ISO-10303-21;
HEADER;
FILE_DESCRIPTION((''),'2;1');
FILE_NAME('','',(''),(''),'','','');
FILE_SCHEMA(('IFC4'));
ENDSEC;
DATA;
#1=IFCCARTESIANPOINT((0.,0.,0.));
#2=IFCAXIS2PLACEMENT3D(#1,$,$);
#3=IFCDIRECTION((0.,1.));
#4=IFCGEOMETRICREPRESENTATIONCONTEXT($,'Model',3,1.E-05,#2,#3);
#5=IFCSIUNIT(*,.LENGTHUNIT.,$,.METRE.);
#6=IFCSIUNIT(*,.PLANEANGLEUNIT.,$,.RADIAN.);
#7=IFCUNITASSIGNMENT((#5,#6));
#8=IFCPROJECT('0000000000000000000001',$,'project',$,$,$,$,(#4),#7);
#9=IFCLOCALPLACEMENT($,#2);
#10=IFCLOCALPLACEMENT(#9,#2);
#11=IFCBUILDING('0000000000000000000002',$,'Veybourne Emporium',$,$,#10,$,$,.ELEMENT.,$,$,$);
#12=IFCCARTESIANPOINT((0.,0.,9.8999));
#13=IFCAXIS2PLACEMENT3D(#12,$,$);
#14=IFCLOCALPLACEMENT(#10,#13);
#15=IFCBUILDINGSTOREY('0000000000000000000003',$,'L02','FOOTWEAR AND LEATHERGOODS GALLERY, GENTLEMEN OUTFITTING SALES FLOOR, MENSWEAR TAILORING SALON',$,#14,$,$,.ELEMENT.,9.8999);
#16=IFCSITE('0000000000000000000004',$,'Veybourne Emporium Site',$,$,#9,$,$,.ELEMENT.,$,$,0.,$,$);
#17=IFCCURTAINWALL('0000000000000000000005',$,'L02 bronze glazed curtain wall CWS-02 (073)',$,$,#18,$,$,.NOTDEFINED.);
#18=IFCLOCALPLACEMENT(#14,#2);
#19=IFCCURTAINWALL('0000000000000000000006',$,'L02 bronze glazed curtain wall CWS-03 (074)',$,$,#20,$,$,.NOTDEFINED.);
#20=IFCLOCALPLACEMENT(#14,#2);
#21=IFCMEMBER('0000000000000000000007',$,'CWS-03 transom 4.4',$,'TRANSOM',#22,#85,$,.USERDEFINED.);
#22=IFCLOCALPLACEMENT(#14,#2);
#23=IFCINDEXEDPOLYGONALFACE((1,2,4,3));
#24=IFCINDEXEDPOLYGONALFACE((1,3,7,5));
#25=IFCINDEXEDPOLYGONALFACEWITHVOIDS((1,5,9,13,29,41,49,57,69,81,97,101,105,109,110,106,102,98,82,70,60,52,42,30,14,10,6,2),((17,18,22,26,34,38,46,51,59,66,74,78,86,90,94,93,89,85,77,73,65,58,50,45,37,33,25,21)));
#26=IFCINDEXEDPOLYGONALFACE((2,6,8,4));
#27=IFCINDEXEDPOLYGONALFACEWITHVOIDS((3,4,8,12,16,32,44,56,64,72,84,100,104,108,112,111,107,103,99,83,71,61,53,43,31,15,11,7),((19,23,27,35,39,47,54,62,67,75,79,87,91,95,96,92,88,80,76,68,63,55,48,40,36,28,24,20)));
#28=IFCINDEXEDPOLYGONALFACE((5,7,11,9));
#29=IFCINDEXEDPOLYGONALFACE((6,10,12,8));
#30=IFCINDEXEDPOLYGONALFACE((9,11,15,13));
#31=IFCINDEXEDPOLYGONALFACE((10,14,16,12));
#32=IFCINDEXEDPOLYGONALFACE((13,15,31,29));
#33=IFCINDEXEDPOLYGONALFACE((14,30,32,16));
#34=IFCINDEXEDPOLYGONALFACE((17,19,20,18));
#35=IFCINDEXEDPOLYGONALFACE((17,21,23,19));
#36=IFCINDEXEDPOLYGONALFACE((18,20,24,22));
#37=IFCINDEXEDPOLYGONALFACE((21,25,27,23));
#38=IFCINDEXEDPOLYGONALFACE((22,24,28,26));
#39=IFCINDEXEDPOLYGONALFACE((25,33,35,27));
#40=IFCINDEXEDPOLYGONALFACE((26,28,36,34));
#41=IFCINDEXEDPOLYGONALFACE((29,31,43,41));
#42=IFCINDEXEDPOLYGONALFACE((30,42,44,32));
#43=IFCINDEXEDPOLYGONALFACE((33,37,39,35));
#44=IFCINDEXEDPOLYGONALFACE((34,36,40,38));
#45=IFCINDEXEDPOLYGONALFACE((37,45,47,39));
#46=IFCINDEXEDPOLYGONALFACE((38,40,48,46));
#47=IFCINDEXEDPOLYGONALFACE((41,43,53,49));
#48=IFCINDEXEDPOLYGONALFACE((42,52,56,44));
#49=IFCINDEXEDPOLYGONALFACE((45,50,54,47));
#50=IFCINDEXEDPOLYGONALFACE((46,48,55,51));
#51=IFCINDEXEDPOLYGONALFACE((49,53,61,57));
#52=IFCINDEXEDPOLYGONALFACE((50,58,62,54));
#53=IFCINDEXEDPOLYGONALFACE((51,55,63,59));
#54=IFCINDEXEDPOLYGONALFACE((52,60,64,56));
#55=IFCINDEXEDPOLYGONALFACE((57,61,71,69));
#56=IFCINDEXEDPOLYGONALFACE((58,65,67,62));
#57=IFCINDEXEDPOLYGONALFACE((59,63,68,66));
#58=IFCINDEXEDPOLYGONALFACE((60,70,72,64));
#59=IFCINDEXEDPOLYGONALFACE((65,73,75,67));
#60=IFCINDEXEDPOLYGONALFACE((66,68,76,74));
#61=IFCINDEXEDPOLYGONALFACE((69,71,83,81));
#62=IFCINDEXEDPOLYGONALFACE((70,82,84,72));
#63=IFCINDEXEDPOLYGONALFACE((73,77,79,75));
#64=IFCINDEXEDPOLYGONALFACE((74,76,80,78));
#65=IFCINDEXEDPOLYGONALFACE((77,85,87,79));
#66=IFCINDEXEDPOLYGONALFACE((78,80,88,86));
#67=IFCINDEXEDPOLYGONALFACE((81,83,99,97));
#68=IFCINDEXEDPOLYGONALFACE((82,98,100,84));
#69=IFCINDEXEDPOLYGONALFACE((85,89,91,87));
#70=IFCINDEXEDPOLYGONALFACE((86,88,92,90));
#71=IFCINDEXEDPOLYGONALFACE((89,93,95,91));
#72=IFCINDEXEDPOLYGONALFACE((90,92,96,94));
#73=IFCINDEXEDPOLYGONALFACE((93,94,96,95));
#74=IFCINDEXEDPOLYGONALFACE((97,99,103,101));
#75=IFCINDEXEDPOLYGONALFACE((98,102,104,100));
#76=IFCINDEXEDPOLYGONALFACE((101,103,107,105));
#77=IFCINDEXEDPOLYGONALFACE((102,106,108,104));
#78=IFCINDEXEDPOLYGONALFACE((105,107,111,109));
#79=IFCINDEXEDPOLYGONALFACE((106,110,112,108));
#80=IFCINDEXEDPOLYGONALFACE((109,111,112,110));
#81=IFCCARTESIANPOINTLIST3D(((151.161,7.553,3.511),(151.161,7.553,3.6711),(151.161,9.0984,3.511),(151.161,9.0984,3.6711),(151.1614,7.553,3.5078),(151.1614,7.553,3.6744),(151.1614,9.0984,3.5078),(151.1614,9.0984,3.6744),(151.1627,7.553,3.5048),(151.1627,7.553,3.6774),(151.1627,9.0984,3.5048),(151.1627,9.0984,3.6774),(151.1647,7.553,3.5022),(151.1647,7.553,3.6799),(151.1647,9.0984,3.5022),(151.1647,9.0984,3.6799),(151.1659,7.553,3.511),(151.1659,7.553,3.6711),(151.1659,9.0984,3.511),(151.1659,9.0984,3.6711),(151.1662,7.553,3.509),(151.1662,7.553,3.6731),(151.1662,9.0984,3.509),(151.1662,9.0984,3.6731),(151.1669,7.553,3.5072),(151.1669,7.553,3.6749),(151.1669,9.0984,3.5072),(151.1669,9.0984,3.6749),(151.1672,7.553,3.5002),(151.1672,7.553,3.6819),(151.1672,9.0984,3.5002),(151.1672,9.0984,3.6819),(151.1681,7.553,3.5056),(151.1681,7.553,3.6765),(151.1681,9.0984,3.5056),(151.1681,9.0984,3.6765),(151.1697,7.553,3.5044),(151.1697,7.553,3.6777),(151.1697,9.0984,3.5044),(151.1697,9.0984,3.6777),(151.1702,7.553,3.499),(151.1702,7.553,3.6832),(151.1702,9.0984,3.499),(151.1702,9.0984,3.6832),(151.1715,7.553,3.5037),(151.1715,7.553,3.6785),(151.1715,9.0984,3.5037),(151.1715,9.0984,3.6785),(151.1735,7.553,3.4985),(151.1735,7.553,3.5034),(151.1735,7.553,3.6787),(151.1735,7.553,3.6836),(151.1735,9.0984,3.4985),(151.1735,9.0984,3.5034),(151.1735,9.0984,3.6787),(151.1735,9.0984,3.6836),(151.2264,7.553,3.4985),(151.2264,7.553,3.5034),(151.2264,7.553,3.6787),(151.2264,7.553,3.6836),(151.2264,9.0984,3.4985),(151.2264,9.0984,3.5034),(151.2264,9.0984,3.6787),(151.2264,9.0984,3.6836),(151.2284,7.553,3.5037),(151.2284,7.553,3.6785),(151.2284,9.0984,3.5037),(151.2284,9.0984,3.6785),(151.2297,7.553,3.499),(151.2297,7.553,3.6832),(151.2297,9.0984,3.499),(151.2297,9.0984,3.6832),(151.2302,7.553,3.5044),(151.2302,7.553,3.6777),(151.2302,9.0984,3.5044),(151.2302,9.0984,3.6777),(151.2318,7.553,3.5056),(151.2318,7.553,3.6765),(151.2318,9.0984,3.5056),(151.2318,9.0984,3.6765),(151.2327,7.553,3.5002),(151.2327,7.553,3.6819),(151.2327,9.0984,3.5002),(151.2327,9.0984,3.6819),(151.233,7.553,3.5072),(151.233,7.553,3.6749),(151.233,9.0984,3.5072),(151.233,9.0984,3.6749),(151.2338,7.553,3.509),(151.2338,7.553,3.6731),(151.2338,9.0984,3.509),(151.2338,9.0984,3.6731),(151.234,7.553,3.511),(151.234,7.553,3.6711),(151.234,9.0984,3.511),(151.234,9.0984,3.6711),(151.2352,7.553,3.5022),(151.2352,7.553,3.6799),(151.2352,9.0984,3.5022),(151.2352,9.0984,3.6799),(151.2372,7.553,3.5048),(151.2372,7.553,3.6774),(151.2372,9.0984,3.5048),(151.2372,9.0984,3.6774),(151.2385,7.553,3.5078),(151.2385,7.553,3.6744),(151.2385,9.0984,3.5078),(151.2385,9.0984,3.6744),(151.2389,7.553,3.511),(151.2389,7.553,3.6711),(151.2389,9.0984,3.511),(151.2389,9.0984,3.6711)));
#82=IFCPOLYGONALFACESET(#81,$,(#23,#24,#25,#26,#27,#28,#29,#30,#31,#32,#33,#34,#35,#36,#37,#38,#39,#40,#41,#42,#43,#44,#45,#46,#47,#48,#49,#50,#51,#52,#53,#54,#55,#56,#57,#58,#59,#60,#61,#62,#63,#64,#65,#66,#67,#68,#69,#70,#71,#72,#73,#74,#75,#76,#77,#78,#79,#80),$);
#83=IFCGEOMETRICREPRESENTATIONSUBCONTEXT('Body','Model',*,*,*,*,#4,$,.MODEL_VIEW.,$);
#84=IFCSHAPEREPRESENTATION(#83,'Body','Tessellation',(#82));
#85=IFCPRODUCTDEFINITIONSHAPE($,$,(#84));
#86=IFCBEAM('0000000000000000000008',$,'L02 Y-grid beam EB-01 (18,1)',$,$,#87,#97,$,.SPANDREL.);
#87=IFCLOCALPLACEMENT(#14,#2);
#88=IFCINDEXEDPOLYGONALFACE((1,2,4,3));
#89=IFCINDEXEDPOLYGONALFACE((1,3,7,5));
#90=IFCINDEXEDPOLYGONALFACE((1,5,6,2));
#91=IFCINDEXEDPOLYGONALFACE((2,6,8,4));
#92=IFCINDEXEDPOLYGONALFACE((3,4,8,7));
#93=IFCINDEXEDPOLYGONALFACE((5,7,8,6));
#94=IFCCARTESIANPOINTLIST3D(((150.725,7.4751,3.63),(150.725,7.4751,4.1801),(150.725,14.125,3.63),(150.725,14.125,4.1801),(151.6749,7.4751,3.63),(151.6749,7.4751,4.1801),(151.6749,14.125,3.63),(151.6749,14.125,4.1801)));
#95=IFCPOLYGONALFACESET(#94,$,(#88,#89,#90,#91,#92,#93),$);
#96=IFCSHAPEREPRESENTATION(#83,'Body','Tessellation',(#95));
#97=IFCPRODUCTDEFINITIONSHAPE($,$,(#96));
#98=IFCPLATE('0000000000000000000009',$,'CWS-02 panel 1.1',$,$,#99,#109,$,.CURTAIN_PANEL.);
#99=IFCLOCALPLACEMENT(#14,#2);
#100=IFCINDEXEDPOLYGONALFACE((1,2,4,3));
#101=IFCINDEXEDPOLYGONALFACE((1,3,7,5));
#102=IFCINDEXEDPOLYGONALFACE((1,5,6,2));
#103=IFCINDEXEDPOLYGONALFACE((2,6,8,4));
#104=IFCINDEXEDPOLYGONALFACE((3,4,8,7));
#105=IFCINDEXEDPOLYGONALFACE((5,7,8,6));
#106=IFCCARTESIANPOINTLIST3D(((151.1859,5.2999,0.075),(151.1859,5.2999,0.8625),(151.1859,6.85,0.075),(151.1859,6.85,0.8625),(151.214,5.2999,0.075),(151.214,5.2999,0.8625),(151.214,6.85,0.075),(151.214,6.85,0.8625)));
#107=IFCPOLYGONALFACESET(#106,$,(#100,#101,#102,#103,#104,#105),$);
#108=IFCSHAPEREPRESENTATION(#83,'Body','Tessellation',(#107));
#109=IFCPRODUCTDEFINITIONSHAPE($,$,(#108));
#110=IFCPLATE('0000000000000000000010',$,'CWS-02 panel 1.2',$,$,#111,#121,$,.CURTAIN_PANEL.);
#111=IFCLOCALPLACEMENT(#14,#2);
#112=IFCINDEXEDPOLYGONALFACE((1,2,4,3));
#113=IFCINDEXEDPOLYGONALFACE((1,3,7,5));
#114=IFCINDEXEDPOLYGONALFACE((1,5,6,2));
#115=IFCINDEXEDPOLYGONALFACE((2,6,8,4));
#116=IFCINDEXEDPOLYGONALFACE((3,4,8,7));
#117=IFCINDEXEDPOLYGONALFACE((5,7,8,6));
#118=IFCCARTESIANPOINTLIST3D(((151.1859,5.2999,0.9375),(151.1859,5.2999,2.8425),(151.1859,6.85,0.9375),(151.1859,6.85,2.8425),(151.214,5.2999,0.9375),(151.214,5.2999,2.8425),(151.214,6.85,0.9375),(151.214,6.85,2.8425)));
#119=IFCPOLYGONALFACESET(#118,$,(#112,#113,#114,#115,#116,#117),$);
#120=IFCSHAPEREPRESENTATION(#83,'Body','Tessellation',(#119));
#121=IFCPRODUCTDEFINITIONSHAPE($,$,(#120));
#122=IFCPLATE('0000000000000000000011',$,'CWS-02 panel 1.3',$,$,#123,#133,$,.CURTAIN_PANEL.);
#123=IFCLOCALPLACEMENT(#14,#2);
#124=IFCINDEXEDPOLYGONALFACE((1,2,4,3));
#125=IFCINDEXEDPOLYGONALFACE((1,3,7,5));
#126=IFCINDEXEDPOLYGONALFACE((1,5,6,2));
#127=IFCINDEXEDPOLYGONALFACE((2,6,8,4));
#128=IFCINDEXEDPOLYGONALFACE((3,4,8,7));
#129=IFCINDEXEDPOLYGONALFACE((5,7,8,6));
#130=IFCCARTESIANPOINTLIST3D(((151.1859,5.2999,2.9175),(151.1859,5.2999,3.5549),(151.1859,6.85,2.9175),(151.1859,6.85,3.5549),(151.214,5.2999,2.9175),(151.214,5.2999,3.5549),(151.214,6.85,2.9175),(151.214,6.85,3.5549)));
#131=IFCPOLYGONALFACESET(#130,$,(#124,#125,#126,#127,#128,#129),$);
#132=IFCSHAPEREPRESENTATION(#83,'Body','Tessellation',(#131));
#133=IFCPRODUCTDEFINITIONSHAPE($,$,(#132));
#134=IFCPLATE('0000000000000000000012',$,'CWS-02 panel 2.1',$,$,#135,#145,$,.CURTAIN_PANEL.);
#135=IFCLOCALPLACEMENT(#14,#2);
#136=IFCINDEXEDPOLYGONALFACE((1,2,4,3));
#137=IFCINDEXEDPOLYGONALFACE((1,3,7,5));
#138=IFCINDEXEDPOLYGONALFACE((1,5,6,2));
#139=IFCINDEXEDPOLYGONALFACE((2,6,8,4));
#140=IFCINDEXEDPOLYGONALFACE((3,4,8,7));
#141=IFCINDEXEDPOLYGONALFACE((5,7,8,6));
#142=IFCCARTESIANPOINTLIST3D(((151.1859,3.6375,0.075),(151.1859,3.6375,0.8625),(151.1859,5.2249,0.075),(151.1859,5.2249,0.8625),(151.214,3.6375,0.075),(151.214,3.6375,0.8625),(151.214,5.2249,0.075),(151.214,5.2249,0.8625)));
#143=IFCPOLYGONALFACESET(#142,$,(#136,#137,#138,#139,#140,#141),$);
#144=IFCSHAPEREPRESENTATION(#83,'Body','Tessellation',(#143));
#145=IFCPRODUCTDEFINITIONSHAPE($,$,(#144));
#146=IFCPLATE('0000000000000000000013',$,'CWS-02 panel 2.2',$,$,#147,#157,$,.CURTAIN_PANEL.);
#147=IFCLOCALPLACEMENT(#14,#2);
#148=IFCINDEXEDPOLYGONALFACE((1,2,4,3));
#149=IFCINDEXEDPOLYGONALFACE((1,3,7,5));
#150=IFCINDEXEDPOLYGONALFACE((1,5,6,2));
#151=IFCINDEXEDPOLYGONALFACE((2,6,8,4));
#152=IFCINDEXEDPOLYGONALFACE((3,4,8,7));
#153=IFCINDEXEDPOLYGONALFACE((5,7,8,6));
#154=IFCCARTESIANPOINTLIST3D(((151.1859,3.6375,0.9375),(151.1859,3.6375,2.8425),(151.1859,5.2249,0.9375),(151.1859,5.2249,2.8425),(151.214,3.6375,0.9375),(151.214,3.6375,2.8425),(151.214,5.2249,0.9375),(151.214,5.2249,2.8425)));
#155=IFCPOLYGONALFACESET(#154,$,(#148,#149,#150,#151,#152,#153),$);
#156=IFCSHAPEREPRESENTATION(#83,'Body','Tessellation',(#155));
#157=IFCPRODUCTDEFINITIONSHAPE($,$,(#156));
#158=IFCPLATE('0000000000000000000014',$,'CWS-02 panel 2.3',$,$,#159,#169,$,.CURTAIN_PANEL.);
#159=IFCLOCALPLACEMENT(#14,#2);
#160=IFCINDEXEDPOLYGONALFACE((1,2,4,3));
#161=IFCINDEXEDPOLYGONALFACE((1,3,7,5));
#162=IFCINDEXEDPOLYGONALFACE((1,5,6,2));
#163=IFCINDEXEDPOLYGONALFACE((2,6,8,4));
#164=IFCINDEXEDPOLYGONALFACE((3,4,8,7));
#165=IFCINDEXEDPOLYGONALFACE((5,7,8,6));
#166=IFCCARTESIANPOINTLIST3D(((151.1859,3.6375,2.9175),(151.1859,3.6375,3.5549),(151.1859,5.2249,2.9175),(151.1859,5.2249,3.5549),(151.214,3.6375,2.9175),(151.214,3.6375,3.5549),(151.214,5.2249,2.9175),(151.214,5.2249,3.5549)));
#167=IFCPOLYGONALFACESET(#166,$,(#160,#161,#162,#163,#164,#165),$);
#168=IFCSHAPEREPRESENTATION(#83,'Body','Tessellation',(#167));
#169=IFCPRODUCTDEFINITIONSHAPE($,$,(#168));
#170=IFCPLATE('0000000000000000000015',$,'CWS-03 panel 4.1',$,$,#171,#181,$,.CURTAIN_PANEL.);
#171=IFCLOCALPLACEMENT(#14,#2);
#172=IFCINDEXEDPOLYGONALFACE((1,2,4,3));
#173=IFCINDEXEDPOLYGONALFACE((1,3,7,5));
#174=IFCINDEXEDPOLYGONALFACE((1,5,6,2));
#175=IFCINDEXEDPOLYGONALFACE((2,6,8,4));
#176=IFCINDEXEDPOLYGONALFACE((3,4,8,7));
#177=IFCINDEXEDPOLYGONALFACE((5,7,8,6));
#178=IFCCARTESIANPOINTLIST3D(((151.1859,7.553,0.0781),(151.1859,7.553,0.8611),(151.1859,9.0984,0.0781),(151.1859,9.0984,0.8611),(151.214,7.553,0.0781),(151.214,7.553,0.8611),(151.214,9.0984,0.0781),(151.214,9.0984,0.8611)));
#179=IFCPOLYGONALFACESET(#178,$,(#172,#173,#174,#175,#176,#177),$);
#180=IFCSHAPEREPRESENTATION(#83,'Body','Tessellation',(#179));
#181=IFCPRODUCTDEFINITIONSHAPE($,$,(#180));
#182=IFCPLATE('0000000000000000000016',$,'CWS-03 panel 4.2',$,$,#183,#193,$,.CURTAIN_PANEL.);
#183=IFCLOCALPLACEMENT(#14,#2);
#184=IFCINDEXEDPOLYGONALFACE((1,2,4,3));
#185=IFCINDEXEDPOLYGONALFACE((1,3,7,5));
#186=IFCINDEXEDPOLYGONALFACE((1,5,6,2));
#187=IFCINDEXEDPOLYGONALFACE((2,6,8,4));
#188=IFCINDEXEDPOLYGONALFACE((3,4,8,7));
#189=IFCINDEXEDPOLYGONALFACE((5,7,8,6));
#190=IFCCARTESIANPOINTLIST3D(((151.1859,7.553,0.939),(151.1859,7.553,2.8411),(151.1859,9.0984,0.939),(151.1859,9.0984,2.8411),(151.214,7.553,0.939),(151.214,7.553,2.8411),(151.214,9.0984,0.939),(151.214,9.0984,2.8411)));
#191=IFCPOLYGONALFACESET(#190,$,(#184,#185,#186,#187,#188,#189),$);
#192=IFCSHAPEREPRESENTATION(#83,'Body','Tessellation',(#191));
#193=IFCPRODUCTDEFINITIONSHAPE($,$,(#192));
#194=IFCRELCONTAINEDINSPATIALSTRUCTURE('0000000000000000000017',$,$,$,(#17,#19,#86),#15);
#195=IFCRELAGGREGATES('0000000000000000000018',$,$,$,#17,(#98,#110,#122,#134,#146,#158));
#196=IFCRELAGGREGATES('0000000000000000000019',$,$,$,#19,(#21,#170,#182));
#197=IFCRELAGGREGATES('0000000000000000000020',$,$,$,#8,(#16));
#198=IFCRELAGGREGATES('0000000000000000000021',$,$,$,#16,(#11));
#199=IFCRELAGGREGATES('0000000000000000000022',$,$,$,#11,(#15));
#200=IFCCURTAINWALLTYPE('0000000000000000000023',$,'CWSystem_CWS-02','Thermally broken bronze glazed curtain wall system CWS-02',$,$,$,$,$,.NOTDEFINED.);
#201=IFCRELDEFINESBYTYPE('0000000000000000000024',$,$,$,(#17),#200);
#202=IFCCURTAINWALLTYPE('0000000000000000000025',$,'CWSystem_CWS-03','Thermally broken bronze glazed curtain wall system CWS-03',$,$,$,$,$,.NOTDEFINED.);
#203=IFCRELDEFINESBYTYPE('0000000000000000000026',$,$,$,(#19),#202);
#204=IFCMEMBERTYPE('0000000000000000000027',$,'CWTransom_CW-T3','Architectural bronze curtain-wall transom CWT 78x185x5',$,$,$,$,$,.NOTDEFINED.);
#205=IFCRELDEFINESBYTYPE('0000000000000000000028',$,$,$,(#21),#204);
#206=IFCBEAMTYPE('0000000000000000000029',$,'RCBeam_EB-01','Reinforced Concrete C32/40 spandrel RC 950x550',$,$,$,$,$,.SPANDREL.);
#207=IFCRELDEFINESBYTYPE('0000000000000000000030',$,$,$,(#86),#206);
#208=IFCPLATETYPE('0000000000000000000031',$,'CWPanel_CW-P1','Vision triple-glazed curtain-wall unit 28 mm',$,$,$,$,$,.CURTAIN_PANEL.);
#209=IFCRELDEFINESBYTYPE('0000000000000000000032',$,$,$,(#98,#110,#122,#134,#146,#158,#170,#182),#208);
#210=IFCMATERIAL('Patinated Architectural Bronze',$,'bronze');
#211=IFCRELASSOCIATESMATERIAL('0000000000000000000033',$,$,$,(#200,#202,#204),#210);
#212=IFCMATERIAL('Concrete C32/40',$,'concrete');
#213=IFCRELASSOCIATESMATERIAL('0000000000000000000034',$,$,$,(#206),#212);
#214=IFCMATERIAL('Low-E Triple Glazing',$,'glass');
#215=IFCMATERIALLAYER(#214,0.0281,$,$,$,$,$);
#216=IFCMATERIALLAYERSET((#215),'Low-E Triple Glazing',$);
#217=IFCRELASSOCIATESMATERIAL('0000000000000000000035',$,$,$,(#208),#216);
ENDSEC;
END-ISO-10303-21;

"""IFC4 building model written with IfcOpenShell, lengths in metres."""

from ifc_helpers import new_model, si_unit, direction, frame, origin, origin_2d, place, context, subcontext, project, spatial, rectangle, hollow_rectangle, extrude, material, layer, layer_set, material_profile, profile_set, type_object, element, aggregate, save


model = new_model("IFC4")

# Units and contexts
model_context = context("Model", 3, precision=1e-05, world=origin(), true_north=direction((0.0, 1.0)))
body_context = subcontext(model_context, "Body", "Model", "MODEL_VIEW")
ifc_project = project(units=[si_unit("LENGTHUNIT", "METRE"), si_unit("PLANEANGLEUNIT", "RADIAN")], contexts=[model_context])

# Site, building, storey
site_placement = place(None, origin())
site = spatial("IfcSite", under=ifc_project, at=site_placement, Name="Veybourne Emporium Site", CompositionType="ELEMENT", RefElevation=0.0)
building_placement = place(site_placement, origin())
building = spatial("IfcBuilding", under=site, at=building_placement, Name="Veybourne Emporium", CompositionType="ELEMENT")
storey_placement = place(building_placement, frame((0.0, 0.0, 9.8999)))
storey = spatial("IfcBuildingStorey", under=building, at=storey_placement, Name="L02", Description="FOOTWEAR AND LEATHERGOODS GALLERY, GENTLEMEN OUTFITTING SALES FLOOR, MENSWEAR TAILORING SALON", CompositionType="ELEMENT", Elevation=9.8999)

# Curtain walls
ifc_material_1 = material(Name="Patinated Architectural Bronze", Category="bronze")
curtain_wall_type_1 = type_object("IfcCurtainWallType", Name="CWSystem_CWS-02", Description="Thermally broken bronze glazed curtain wall system CWS-02", PredefinedType="NOTDEFINED", material=ifc_material_1)
curtain_wall_1_placement = place(storey_placement, origin())
curtain_wall_1 = element("IfcCurtainWall", 1, at=curtain_wall_1_placement, inside=storey, type_object=curtain_wall_type_1, Name="L02 bronze glazed curtain wall CWS-02 (073)", PredefinedType="NOTDEFINED")
curtain_wall_type_2 = type_object("IfcCurtainWallType", Name="CWSystem_CWS-03", Description="Thermally broken bronze glazed curtain wall system CWS-03", PredefinedType="NOTDEFINED", material=ifc_material_1)
curtain_wall_2_placement = place(storey_placement, origin())
curtain_wall_2 = element("IfcCurtainWall", 2, at=curtain_wall_2_placement, inside=storey, type_object=curtain_wall_type_2, Name="L02 bronze glazed curtain wall CWS-03 (074)", PredefinedType="NOTDEFINED")

# Member
ifc_material_profile_1 = material_profile(ifc_material_1, hollow_rectangle(XDim=0.0779, YDim=0.1851, WallThickness=0.0049, InnerFilletRadius=0.0076, OuterFilletRadius=0.0125, at=origin_2d()), Name="CWT 78x185x5")
ifc_profile_set_1 = profile_set([ifc_material_profile_1], Name="Patinated Architectural Bronze")
member_type_1 = type_object("IfcMemberType", Name="CWTransom_CW-T3", Description="Architectural bronze curtain-wall transom CWT 78x185x5", PredefinedType="NOTDEFINED", material=ifc_profile_set_1)
member_1_placement = place(storey_placement, frame((151.2, 9.0984, 3.5911), z_axis=(0.0, -1.0, 0.0), x_axis=(1.0, 0.0, 0.0)))
member_1 = element("IfcMember", 3, at=member_1_placement, type_object=member_type_1, Name="CWS-03 transom 4.4", ObjectType="TRANSOM", PredefinedType="USERDEFINED", context=body_context, shape_type="SweptSolid", body=[
    extrude(hollow_rectangle(XDim=0.0779, YDim=0.1851, WallThickness=0.0049, InnerFilletRadius=0.0076, OuterFilletRadius=0.0125, at=origin_2d()), origin(), (0.0, 0.0, 1.0), 1.5454),
])

# Beam
ifc_material_2 = material(Name="Concrete C32/40", Category="concrete")
ifc_material_profile_2 = material_profile(ifc_material_2, rectangle(XDim=0.95, YDim=0.55, at=origin_2d()), Name="RC 950x550")
ifc_profile_set_2 = profile_set([ifc_material_profile_2], Name="Concrete C32/40")
beam_type = type_object("IfcBeamType", Name="RCBeam_EB-01", Description="Reinforced Concrete C32/40 spandrel RC 950x550", PredefinedType="SPANDREL", material=ifc_profile_set_2)
beam_placement = place(storey_placement, frame((151.2, 7.4751, 3.905), z_axis=(0.0, 1.0, 0.0), x_axis=(-1.0, 0.0, 0.0)))
element("IfcBeam", 4, at=beam_placement, inside=storey, type_object=beam_type, Name="L02 Y-grid beam EB-01 (18,1)", PredefinedType="SPANDREL", context=body_context, shape_type="SweptSolid", body=[
    extrude(rectangle(XDim=0.95, YDim=0.55, at=origin_2d()), origin(), (0.0, 0.0, 1.0), 6.6499),
])

# Plates
ifc_material_3 = material(Name="Low-E Triple Glazing", Category="glass")
ifc_layer_1 = layer(ifc_material_3, 0.0281)
ifc_layer_set_1 = layer_set([ifc_layer_1], Name="Low-E Triple Glazing")
plate_type = type_object("IfcPlateType", Name="CWPanel_CW-P1", Description="Vision triple-glazed curtain-wall unit 28 mm", PredefinedType="CURTAIN_PANEL", material=ifc_layer_set_1)
plate_1_placement = place(storey_placement, frame((151.2, 6.075, 0.075), z_axis=(0.0, 0.0, 1.0), x_axis=(0.0, -1.0, 0.0)))
plate_1 = element("IfcPlate", 5, at=plate_1_placement, type_object=plate_type, Name="CWS-02 panel 1.1", PredefinedType="CURTAIN_PANEL", context=body_context, shape_type="SweptSolid", body=[
    extrude(rectangle(XDim=1.55, YDim=0.0281, at=origin_2d()), origin(), (0.0, 0.0, 1.0), 0.7876),
])
plate_2_placement = place(storey_placement, frame((151.2, 6.075, 0.9375), z_axis=(0.0, 0.0, 1.0), x_axis=(0.0, -1.0, 0.0)))
plate_2 = element("IfcPlate", 6, at=plate_2_placement, type_object=plate_type, Name="CWS-02 panel 1.2", PredefinedType="CURTAIN_PANEL", context=body_context, shape_type="SweptSolid", body=[
    extrude(rectangle(XDim=1.55, YDim=0.0281, at=origin_2d()), origin(), (0.0, 0.0, 1.0), 1.905),
])
plate_3_placement = place(storey_placement, frame((151.2, 6.075, 2.9175), z_axis=(0.0, 0.0, 1.0), x_axis=(0.0, -1.0, 0.0)))
plate_3 = element("IfcPlate", 7, at=plate_3_placement, type_object=plate_type, Name="CWS-02 panel 1.3", PredefinedType="CURTAIN_PANEL", context=body_context, shape_type="SweptSolid", body=[
    extrude(rectangle(XDim=1.55, YDim=0.0281, at=origin_2d()), origin(), (0.0, 0.0, 1.0), 0.6375),
])
plate_4_placement = place(storey_placement, frame((151.2, 4.4312, 0.075), z_axis=(0.0, 0.0, 1.0), x_axis=(0.0, -1.0, 0.0)))
plate_4 = element("IfcPlate", 8, at=plate_4_placement, type_object=plate_type, Name="CWS-02 panel 2.1", PredefinedType="CURTAIN_PANEL", context=body_context, shape_type="SweptSolid", body=[
    extrude(rectangle(XDim=1.5874, YDim=0.0281, at=origin_2d()), origin(), (0.0, 0.0, 1.0), 0.7876),
])
plate_5_placement = place(storey_placement, frame((151.2, 4.4312, 0.9375), z_axis=(0.0, 0.0, 1.0), x_axis=(0.0, -1.0, 0.0)))
plate_5 = element("IfcPlate", 9, at=plate_5_placement, type_object=plate_type, Name="CWS-02 panel 2.2", PredefinedType="CURTAIN_PANEL", context=body_context, shape_type="SweptSolid", body=[
    extrude(rectangle(XDim=1.5874, YDim=0.0281, at=origin_2d()), origin(), (0.0, 0.0, 1.0), 1.905),
])
plate_6_placement = place(storey_placement, frame((151.2, 4.4312, 2.9175), z_axis=(0.0, 0.0, 1.0), x_axis=(0.0, -1.0, 0.0)))
plate_6 = element("IfcPlate", 10, at=plate_6_placement, type_object=plate_type, Name="CWS-02 panel 2.3", PredefinedType="CURTAIN_PANEL", context=body_context, shape_type="SweptSolid", body=[
    extrude(rectangle(XDim=1.5874, YDim=0.0281, at=origin_2d()), origin(), (0.0, 0.0, 1.0), 0.6375),
])
aggregate(curtain_wall_1, [plate_1, plate_2, plate_3, plate_4, plate_5, plate_6])
plate_7_placement = place(storey_placement, frame((151.2, 8.3257, 0.0781), z_axis=(0.0, 0.0, 1.0), x_axis=(0.0, -1.0, 0.0)))
plate_7 = element("IfcPlate", 11, at=plate_7_placement, type_object=plate_type, Name="CWS-03 panel 4.1", PredefinedType="CURTAIN_PANEL", context=body_context, shape_type="SweptSolid", body=[
    extrude(rectangle(XDim=1.5454, YDim=0.0281, at=origin_2d()), origin(), (0.0, 0.0, 1.0), 0.783),
])
plate_8_placement = place(storey_placement, frame((151.2, 8.3257, 0.939), z_axis=(0.0, 0.0, 1.0), x_axis=(0.0, -1.0, 0.0)))
plate_8 = element("IfcPlate", 12, at=plate_8_placement, type_object=plate_type, Name="CWS-03 panel 4.2", PredefinedType="CURTAIN_PANEL", context=body_context, shape_type="SweptSolid", body=[
    extrude(rectangle(XDim=1.5454, YDim=0.0281, at=origin_2d()), origin(), (0.0, 0.0, 1.0), 1.9021),
])
aggregate(curtain_wall_2, [member_1, plate_7, plate_8])

save(model, "model.ifc")
